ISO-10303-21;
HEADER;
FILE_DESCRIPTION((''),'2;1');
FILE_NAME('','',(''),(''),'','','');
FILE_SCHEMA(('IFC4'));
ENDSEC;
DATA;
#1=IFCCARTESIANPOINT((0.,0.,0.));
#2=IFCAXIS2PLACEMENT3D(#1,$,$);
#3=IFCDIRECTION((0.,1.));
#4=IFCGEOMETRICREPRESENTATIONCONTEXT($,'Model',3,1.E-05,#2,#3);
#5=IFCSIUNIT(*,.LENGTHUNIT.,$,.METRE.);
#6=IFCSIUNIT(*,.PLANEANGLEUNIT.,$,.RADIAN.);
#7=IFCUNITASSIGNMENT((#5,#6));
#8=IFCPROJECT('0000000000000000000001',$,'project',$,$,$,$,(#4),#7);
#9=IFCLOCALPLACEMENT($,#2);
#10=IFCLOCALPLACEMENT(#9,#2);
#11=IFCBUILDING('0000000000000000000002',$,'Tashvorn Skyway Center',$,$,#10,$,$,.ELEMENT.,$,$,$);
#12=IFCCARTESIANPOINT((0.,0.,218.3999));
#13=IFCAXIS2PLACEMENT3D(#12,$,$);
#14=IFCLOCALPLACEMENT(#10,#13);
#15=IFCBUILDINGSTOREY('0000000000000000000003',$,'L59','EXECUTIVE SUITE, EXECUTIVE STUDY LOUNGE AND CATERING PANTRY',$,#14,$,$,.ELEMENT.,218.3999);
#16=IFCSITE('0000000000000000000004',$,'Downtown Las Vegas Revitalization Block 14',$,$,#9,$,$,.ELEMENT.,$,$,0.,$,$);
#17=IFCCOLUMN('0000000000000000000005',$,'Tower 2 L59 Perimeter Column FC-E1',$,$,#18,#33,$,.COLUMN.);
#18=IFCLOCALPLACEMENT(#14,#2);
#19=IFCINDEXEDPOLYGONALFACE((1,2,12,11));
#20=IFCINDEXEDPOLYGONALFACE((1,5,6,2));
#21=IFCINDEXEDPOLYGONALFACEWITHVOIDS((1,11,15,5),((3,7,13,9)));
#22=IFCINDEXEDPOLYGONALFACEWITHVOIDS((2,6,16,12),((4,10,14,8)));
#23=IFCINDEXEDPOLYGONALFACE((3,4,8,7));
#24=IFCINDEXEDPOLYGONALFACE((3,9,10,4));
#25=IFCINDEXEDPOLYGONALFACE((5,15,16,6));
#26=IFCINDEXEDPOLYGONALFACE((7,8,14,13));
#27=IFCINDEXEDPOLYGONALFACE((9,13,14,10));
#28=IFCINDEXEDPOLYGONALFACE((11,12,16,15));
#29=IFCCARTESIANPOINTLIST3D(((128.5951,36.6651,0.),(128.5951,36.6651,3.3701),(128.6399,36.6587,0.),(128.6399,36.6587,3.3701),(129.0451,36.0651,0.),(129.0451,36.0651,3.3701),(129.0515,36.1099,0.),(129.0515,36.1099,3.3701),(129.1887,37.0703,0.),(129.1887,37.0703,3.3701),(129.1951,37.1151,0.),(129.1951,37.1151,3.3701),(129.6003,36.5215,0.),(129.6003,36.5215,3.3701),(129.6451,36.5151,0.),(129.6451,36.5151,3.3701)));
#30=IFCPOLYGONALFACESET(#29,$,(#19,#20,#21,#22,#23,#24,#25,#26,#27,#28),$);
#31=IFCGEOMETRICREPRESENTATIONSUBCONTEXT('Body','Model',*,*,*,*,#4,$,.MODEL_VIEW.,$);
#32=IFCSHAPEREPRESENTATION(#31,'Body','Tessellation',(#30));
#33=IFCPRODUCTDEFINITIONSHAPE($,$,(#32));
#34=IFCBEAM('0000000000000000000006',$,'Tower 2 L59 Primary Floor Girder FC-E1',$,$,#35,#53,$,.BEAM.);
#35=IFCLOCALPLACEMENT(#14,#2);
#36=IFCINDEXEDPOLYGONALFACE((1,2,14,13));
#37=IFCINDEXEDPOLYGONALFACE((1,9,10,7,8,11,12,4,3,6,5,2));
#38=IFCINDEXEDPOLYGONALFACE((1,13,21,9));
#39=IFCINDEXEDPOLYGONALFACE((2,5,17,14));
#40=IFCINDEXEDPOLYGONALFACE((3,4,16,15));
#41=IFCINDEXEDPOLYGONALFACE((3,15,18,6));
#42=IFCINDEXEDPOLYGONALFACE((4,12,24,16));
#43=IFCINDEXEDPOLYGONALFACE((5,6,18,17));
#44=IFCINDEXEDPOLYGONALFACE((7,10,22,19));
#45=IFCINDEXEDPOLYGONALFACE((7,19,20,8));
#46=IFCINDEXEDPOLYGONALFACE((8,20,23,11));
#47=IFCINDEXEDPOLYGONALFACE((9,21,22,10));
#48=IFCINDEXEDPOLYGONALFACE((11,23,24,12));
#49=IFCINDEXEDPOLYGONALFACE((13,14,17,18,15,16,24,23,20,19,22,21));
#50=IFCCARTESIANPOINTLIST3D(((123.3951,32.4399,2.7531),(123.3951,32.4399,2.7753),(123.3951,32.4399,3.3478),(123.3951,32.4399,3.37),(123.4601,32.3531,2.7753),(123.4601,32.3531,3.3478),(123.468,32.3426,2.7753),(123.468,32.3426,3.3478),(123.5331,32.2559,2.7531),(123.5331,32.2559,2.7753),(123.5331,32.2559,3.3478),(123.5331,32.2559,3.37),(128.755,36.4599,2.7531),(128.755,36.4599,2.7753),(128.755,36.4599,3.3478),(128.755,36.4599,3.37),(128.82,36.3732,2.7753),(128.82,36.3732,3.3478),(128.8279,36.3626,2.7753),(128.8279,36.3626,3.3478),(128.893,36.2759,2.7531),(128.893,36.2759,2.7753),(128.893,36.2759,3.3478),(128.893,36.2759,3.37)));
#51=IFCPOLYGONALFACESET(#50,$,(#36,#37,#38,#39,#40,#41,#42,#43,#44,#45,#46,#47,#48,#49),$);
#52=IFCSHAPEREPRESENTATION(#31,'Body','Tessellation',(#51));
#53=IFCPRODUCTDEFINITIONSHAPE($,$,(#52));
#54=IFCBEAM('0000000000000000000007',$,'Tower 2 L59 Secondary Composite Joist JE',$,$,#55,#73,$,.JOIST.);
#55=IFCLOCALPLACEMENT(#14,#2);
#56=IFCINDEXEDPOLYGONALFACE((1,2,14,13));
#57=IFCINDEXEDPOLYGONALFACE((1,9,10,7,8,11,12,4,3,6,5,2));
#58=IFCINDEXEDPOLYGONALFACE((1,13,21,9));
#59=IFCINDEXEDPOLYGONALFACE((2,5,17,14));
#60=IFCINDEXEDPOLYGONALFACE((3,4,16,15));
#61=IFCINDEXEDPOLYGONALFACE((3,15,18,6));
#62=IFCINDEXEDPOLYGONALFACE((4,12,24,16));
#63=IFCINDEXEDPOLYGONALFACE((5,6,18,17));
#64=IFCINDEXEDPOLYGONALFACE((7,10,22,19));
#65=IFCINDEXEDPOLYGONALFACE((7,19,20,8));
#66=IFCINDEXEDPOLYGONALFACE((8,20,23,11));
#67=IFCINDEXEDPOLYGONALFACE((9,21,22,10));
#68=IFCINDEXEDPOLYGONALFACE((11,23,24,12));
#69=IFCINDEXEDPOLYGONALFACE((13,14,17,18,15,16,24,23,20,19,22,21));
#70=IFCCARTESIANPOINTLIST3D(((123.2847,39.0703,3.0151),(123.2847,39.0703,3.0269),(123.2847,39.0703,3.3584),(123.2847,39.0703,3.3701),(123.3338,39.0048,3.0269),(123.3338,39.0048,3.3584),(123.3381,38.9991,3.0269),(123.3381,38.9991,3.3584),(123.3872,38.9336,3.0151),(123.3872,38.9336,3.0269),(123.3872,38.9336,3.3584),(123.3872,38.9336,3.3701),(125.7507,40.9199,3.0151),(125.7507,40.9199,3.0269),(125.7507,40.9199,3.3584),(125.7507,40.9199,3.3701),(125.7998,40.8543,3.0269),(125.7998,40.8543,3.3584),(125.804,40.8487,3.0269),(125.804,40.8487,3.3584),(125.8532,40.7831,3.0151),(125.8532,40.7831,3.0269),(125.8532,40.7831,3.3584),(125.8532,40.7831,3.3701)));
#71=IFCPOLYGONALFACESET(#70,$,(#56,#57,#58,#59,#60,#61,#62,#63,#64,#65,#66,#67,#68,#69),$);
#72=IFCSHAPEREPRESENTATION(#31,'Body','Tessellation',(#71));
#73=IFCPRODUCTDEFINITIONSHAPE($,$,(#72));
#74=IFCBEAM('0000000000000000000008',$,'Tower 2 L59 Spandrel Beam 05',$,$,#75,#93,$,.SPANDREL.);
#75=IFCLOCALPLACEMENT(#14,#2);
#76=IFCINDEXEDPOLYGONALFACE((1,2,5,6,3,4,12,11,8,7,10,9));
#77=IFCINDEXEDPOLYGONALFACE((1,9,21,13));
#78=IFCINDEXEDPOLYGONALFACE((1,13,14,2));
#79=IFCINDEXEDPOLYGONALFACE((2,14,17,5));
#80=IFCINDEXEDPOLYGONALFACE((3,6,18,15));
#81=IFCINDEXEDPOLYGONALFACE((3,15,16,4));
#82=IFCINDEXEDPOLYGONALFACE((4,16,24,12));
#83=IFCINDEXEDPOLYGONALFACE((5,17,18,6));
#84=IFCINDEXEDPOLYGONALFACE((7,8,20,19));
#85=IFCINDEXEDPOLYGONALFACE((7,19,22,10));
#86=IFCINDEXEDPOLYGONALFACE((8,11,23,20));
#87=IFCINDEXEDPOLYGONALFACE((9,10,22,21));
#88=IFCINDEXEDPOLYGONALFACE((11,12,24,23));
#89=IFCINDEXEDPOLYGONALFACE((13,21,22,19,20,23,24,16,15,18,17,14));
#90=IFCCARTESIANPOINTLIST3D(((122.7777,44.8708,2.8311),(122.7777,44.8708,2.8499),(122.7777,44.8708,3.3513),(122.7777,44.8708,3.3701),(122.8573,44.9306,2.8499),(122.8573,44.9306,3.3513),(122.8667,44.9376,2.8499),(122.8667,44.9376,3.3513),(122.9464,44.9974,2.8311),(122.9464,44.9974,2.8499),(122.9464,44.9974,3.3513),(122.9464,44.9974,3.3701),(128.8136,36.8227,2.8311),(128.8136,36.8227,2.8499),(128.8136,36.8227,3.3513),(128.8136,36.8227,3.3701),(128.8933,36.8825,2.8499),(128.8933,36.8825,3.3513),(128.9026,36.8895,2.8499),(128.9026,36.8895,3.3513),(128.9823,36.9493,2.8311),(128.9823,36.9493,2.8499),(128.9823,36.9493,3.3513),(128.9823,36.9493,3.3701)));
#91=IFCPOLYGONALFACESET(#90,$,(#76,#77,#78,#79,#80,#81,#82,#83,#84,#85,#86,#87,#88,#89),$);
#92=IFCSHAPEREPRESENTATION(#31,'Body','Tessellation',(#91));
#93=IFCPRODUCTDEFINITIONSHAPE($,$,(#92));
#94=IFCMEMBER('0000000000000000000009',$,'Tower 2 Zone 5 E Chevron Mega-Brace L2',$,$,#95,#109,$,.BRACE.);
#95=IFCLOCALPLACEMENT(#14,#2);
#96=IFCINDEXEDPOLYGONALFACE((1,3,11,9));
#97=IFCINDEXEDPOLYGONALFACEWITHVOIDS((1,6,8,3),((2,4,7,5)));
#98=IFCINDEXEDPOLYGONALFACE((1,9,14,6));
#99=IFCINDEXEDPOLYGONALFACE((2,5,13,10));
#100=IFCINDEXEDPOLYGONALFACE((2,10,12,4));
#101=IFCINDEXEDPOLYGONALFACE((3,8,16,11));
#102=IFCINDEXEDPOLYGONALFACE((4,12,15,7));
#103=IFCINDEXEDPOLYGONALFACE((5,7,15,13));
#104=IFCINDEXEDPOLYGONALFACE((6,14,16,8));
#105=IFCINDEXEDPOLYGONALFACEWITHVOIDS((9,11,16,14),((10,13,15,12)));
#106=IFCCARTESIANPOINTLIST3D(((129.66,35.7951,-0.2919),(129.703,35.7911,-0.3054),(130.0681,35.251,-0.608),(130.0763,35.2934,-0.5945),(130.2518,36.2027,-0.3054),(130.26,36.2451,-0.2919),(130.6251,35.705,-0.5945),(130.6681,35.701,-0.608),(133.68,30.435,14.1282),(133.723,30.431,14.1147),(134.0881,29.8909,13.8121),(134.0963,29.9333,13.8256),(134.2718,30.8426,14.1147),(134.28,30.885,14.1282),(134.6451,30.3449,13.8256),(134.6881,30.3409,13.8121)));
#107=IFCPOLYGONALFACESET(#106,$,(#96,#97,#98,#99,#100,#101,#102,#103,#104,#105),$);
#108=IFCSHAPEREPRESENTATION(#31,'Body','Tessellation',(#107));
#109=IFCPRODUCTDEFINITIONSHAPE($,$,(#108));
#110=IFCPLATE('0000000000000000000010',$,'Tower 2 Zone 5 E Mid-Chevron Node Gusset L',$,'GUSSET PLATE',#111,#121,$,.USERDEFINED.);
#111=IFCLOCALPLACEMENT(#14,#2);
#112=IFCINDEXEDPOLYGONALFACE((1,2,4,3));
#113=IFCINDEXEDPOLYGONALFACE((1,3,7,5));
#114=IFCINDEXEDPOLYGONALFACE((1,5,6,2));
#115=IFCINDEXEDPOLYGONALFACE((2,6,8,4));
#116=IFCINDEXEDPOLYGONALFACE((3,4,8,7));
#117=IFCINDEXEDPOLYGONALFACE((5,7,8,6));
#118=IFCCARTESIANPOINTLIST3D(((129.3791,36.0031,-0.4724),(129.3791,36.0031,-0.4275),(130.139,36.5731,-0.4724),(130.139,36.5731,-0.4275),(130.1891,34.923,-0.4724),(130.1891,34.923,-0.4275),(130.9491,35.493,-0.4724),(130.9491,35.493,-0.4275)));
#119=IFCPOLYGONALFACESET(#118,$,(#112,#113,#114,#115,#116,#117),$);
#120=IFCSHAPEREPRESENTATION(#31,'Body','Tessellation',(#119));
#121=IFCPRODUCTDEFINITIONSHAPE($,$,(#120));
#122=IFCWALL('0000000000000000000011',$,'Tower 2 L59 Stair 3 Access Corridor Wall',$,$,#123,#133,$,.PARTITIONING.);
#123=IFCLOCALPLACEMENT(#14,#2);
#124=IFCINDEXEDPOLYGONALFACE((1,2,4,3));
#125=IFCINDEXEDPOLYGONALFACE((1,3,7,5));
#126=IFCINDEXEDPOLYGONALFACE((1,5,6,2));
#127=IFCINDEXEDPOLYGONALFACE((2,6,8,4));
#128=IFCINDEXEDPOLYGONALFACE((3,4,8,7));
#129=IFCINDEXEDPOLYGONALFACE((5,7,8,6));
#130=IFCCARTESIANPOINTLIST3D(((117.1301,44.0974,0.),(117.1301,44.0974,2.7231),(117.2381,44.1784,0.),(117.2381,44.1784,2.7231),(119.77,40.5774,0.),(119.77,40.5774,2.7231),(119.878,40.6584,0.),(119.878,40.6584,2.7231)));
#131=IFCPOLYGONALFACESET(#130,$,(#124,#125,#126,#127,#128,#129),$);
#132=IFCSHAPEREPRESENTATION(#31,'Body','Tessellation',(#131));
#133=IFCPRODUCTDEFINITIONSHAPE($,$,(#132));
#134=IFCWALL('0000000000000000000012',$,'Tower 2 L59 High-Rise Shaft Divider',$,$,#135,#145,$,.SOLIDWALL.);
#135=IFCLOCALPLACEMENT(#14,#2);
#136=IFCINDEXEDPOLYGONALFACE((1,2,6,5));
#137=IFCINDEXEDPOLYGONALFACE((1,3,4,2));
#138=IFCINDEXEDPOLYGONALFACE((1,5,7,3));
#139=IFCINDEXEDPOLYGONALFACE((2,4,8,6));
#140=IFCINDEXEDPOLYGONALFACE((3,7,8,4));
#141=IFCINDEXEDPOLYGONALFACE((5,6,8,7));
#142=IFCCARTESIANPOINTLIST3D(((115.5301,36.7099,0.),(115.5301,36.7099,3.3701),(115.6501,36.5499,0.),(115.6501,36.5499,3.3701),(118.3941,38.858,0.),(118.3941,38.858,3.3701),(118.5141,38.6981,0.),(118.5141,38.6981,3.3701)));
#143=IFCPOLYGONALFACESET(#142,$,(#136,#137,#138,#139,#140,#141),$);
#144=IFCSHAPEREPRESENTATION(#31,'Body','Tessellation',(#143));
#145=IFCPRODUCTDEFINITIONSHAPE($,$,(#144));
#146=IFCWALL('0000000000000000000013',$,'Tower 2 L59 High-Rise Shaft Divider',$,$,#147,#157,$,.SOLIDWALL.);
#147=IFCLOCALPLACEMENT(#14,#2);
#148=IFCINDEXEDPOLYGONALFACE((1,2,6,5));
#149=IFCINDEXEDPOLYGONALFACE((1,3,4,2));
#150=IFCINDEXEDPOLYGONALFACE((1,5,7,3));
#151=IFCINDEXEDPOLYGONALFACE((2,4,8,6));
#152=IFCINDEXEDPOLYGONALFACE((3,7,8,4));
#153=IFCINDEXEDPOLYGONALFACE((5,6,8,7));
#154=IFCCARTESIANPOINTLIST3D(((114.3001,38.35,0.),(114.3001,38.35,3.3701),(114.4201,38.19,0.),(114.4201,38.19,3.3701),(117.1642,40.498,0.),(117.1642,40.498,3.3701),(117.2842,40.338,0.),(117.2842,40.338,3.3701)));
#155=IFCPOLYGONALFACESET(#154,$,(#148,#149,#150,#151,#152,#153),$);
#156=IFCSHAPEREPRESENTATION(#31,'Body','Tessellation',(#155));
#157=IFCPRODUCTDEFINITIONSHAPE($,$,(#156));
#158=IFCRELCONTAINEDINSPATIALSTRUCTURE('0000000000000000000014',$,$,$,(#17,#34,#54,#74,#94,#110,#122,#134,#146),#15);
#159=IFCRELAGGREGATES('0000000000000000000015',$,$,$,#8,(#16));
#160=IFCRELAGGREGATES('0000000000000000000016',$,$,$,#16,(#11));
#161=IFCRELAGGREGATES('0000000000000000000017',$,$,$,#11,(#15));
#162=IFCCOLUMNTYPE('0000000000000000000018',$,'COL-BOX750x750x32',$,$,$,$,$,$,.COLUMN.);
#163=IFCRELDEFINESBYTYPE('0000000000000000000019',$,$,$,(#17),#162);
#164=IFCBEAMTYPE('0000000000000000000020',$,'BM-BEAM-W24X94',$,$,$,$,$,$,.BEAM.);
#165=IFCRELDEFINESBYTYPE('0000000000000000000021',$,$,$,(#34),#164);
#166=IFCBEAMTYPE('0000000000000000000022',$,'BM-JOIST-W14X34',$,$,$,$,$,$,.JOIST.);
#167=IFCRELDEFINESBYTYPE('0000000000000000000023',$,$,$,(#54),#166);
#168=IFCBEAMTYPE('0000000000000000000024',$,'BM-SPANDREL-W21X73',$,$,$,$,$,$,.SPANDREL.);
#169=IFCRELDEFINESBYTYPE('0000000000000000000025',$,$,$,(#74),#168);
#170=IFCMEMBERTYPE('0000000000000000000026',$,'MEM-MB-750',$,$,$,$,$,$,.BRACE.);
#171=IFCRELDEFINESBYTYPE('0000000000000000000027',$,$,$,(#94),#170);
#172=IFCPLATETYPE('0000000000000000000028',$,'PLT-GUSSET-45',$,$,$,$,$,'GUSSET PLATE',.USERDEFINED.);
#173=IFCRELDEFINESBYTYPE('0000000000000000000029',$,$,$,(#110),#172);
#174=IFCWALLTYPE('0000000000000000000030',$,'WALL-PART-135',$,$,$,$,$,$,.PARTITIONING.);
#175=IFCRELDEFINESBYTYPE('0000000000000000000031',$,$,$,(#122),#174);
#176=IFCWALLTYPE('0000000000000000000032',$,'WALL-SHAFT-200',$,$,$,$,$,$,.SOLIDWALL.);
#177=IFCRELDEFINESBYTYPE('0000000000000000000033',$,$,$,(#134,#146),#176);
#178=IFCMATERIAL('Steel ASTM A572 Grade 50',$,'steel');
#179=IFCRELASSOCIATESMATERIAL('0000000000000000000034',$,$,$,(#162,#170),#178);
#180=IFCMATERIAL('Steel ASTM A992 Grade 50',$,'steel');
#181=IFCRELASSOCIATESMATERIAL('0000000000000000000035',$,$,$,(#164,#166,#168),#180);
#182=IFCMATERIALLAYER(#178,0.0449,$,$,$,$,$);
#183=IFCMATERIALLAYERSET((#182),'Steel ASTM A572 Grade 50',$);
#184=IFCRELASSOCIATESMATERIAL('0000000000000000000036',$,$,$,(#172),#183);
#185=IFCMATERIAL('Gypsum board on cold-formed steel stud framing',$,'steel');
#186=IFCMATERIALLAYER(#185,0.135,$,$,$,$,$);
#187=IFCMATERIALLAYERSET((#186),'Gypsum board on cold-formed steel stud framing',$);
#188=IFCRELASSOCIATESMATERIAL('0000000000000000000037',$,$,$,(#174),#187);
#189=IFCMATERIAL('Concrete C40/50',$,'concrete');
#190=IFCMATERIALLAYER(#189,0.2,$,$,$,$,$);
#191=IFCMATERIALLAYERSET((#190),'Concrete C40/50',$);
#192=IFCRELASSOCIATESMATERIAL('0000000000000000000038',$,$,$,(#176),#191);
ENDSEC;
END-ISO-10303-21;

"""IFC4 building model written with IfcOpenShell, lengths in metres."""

from ifc_helpers import new_model, si_unit, direction, frame, frame_2d, origin, origin_2d, place, context, subcontext, project, spatial, rectangle, hollow_rectangle, i_section, extrude, material, layer, layer_set, material_profile, profile_set, type_object, element, save


model = new_model("IFC4")

# Units and contexts
model_context = context("Model", 3, precision=1e-05, world=origin(), true_north=direction((0.0, 1.0)))
body_context = subcontext(model_context, "Body", "Model", "MODEL_VIEW")
ifc_project = project(units=[si_unit("LENGTHUNIT", "METRE"), si_unit("PLANEANGLEUNIT", "RADIAN")], contexts=[model_context])

# Site, building, storey
site_placement = place(None, origin())
site = spatial("IfcSite", under=ifc_project, at=site_placement, Name="Downtown Las Vegas Revitalization Block 14", CompositionType="ELEMENT", RefElevation=0.0)
building_placement = place(site_placement, origin())
building = spatial("IfcBuilding", under=site, at=building_placement, Name="Tashvorn Skyway Center", CompositionType="ELEMENT")
storey_placement = place(building_placement, frame((0.0, 0.0, 218.3999)))
storey = spatial("IfcBuildingStorey", under=building, at=storey_placement, Name="L59", Description="EXECUTIVE SUITE, EXECUTIVE STUDY LOUNGE AND CATERING PANTRY", CompositionType="ELEMENT", Elevation=218.3999)

# Column
ifc_material_1 = material(Name="Steel ASTM A572 Grade 50", Category="steel")
ifc_material_profile_1 = material_profile(ifc_material_1, hollow_rectangle(XDim=0.75, YDim=0.75, WallThickness=0.032, at=origin_2d()), Name="BOX750x750x32")
ifc_profile_set_1 = profile_set([ifc_material_profile_1], Name="Steel ASTM A572 Grade 50")
column_type = type_object("IfcColumnType", Name="COL-BOX750x750x32", PredefinedType="COLUMN", material=ifc_profile_set_1)
column_placement = place(storey_placement, frame((129.1201, 36.5901, 0.0), z_axis=(0.0, 0.0, 1.0), x_axis=(0.8, 0.6, 0.0)))
element("IfcColumn", 1, at=column_placement, inside=storey, type_object=column_type, Name="Tower 2 L59 Perimeter Column FC-E1", PredefinedType="COLUMN", context=body_context, shape_type="SweptSolid", body=[
    extrude(hollow_rectangle(XDim=0.75, YDim=0.75, WallThickness=0.032, at=origin_2d()), origin(), (0.0, 0.0, 1.0), 3.3701),
])

# Beams
ifc_material_2 = material(Name="Steel ASTM A992 Grade 50", Category="steel")
ifc_material_profile_2 = material_profile(ifc_material_2, i_section(OverallWidth=0.23, OverallDepth=0.6169, WebThickness=0.0132, FlangeThickness=0.0222, at=origin_2d()), Name="W24X94")
ifc_profile_set_2 = profile_set([ifc_material_profile_2], Name="Steel ASTM A992 Grade 50")
beam_type_1 = type_object("IfcBeamType", Name="BM-BEAM-W24X94", PredefinedType="BEAM", material=ifc_profile_set_2)
beam_1_placement = place(storey_placement, frame((128.824, 36.3679, 3.0615), z_axis=(-0.799991, -0.600012, 0.0), x_axis=(0.600012, -0.799991, 0.0)))
element("IfcBeam", 2, at=beam_1_placement, inside=storey, type_object=beam_type_1, Name="Tower 2 L59 Primary Floor Girder FC-E1", PredefinedType="BEAM", context=body_context, shape_type="SweptSolid", body=[
    extrude(i_section(OverallWidth=0.23, OverallDepth=0.6169, WebThickness=0.0132, FlangeThickness=0.0222, at=origin_2d()), origin(), (0.0, 0.0, 1.0), 6.7),
])
ifc_material_profile_3 = material_profile(ifc_material_2, i_section(OverallWidth=0.1709, OverallDepth=0.355, WebThickness=0.0071, FlangeThickness=0.0117, at=origin_2d()), Name="W14X34")
ifc_profile_set_3 = profile_set([ifc_material_profile_3], Name="Steel ASTM A992 Grade 50")
beam_type_2 = type_object("IfcBeamType", Name="BM-JOIST-W14X34", PredefinedType="JOIST", material=ifc_profile_set_3)
beam_2_placement = place(storey_placement, frame((123.3359, 39.002, 3.1926), z_axis=(0.79999, 0.600013, 0.0), x_axis=(-0.600013, 0.79999, 0.0)))
element("IfcBeam", 3, at=beam_2_placement, inside=storey, type_object=beam_type_2, Name="Tower 2 L59 Secondary Composite Joist JE", PredefinedType="JOIST", context=body_context, shape_type="SweptSolid", body=[
    extrude(i_section(OverallWidth=0.1709, OverallDepth=0.355, WebThickness=0.0071, FlangeThickness=0.0117, at=origin_2d()), origin(), (0.0, 0.0, 1.0), 3.0825),
])
ifc_material_profile_4 = material_profile(ifc_material_2, i_section(OverallWidth=0.2109, OverallDepth=0.5391, WebThickness=0.0117, FlangeThickness=0.0188, at=origin_2d()), Name="W21X73")
ifc_profile_set_4 = profile_set([ifc_material_profile_4], Name="Steel ASTM A992 Grade 50")
beam_type_3 = type_object("IfcBeamType", Name="BM-SPANDREL-W21X73", PredefinedType="SPANDREL", material=ifc_profile_set_4)
beam_3_placement = place(storey_placement, frame((128.8979, 36.886, 3.1006), z_axis=(-0.599988, 0.800009, 0.0), x_axis=(-0.800009, -0.599988, 0.0)))
element("IfcBeam", 4, at=beam_3_placement, inside=storey, type_object=beam_type_3, Name="Tower 2 L59 Spandrel Beam 05", PredefinedType="SPANDREL", context=body_context, shape_type="SweptSolid", body=[
    extrude(i_section(OverallWidth=0.2109, OverallDepth=0.5391, WebThickness=0.0117, FlangeThickness=0.0188, at=origin_2d()), origin(), (0.0, 0.0, 1.0), 10.0601),
])

# Member
ifc_material_profile_5 = material_profile(ifc_material_1, hollow_rectangle(XDim=0.75, YDim=0.75, WallThickness=0.032, at=origin_2d()), Name="BOX750x750x32")
ifc_profile_set_5 = profile_set([ifc_material_profile_5], Name="Steel ASTM A572 Grade 50")
member_type = type_object("IfcMemberType", Name="MEM-MB-750", PredefinedType="BRACE", material=ifc_profile_set_5)
member_placement = place(storey_placement, frame((130.1641, 35.748, -0.45), z_axis=(0.25282, -0.337099, 0.906888), x_axis=(0.800004, 0.599994, 0.0)))
element("IfcMember", 5, at=member_placement, inside=storey, type_object=member_type, Name="Tower 2 Zone 5 E Chevron Mega-Brace L2", PredefinedType="BRACE", context=body_context, shape_type="SweptSolid", body=[
    extrude(hollow_rectangle(XDim=0.75, YDim=0.75, WallThickness=0.032, at=origin_2d()), origin(), (0.0, 0.0, 1.0), 15.9006),
])

# Plate
ifc_layer_1 = layer(ifc_material_1, 0.0449)
ifc_layer_set_1 = layer_set([ifc_layer_1], Name="Steel ASTM A572 Grade 50")
plate_type = type_object("IfcPlateType", Name="PLT-GUSSET-45", ElementType="GUSSET PLATE", PredefinedType="USERDEFINED", material=ifc_layer_set_1)
plate_placement = place(storey_placement, frame((130.1641, 35.748, -0.4724), z_axis=(0.0, 0.0, 1.0), x_axis=(-0.6, 0.8, 0.0)))
element("IfcPlate", 6, at=plate_placement, inside=storey, type_object=plate_type, Name="Tower 2 Zone 5 E Mid-Chevron Node Gusset L", ObjectType="GUSSET PLATE", PredefinedType="USERDEFINED", context=body_context, shape_type="SweptSolid", body=[
    extrude(rectangle(XDim=1.3501, YDim=0.95, at=origin_2d()), origin(), (0.0, 0.0, 1.0), 0.0449),
])

# Walls
ifc_material_3 = material(Name="Gypsum board on cold-formed steel stud framing", Category="steel")
ifc_layer_2 = layer(ifc_material_3, 0.135)
ifc_layer_set_2 = layer_set([ifc_layer_2], Name="Gypsum board on cold-formed steel stud framing")
wall_type_1 = type_object("IfcWallType", Name="WALL-PART-135", PredefinedType="PARTITIONING", material=ifc_layer_set_2)
wall_1_placement = place(storey_placement, frame((119.824, 40.6179, 0.0), z_axis=(0.0, 0.0, 1.0), x_axis=(-0.599982, 0.800013, 0.0)))
element("IfcWall", 7, at=wall_1_placement, inside=storey, type_object=wall_type_1, Name="Tower 2 L59 Stair 3 Access Corridor Wall", PredefinedType="PARTITIONING", context=body_context, shape_type="SweptSolid", body=[
    extrude(rectangle(XDim=4.3999, YDim=0.135, at=frame_2d((2.2, 0.0))), origin(), (0.0, 0.0, 1.0), 2.7231),
])
ifc_material_4 = material(Name="Concrete C40/50", Category="concrete")
ifc_layer_3 = layer(ifc_material_4, 0.2)
ifc_layer_set_3 = layer_set([ifc_layer_3], Name="Concrete C40/50")
wall_type_2 = type_object("IfcWallType", Name="WALL-SHAFT-200", PredefinedType="SOLIDWALL", material=ifc_layer_set_3)
for number, where, z_axis, x_axis, name in (
    (8, (115.5901, 36.6299, 0.0), (0.0, 0.0, 1.0), (0.799975, 0.600033, 0.0), "Tower 2 L59 High-Rise Shaft Divider"),
    (9, (114.3601, 38.27, 0.0), (0.0, 0.0, 1.0), (0.800008, 0.599989, 0.0), "Tower 2 L59 High-Rise Shaft Divider"),
):
    element("IfcWall", number, at=place(storey_placement, frame(where, z_axis=z_axis, x_axis=x_axis)), inside=storey, type_object=wall_type_2, Name=name, PredefinedType="SOLIDWALL", context=body_context, shape_type="SweptSolid", body=[
        extrude(rectangle(XDim=3.5801, YDim=0.2, at=frame_2d((1.79, 0.0))), origin(), (0.0, 0.0, 1.0), 3.3701),
    ])

save(model, "model.ifc")
